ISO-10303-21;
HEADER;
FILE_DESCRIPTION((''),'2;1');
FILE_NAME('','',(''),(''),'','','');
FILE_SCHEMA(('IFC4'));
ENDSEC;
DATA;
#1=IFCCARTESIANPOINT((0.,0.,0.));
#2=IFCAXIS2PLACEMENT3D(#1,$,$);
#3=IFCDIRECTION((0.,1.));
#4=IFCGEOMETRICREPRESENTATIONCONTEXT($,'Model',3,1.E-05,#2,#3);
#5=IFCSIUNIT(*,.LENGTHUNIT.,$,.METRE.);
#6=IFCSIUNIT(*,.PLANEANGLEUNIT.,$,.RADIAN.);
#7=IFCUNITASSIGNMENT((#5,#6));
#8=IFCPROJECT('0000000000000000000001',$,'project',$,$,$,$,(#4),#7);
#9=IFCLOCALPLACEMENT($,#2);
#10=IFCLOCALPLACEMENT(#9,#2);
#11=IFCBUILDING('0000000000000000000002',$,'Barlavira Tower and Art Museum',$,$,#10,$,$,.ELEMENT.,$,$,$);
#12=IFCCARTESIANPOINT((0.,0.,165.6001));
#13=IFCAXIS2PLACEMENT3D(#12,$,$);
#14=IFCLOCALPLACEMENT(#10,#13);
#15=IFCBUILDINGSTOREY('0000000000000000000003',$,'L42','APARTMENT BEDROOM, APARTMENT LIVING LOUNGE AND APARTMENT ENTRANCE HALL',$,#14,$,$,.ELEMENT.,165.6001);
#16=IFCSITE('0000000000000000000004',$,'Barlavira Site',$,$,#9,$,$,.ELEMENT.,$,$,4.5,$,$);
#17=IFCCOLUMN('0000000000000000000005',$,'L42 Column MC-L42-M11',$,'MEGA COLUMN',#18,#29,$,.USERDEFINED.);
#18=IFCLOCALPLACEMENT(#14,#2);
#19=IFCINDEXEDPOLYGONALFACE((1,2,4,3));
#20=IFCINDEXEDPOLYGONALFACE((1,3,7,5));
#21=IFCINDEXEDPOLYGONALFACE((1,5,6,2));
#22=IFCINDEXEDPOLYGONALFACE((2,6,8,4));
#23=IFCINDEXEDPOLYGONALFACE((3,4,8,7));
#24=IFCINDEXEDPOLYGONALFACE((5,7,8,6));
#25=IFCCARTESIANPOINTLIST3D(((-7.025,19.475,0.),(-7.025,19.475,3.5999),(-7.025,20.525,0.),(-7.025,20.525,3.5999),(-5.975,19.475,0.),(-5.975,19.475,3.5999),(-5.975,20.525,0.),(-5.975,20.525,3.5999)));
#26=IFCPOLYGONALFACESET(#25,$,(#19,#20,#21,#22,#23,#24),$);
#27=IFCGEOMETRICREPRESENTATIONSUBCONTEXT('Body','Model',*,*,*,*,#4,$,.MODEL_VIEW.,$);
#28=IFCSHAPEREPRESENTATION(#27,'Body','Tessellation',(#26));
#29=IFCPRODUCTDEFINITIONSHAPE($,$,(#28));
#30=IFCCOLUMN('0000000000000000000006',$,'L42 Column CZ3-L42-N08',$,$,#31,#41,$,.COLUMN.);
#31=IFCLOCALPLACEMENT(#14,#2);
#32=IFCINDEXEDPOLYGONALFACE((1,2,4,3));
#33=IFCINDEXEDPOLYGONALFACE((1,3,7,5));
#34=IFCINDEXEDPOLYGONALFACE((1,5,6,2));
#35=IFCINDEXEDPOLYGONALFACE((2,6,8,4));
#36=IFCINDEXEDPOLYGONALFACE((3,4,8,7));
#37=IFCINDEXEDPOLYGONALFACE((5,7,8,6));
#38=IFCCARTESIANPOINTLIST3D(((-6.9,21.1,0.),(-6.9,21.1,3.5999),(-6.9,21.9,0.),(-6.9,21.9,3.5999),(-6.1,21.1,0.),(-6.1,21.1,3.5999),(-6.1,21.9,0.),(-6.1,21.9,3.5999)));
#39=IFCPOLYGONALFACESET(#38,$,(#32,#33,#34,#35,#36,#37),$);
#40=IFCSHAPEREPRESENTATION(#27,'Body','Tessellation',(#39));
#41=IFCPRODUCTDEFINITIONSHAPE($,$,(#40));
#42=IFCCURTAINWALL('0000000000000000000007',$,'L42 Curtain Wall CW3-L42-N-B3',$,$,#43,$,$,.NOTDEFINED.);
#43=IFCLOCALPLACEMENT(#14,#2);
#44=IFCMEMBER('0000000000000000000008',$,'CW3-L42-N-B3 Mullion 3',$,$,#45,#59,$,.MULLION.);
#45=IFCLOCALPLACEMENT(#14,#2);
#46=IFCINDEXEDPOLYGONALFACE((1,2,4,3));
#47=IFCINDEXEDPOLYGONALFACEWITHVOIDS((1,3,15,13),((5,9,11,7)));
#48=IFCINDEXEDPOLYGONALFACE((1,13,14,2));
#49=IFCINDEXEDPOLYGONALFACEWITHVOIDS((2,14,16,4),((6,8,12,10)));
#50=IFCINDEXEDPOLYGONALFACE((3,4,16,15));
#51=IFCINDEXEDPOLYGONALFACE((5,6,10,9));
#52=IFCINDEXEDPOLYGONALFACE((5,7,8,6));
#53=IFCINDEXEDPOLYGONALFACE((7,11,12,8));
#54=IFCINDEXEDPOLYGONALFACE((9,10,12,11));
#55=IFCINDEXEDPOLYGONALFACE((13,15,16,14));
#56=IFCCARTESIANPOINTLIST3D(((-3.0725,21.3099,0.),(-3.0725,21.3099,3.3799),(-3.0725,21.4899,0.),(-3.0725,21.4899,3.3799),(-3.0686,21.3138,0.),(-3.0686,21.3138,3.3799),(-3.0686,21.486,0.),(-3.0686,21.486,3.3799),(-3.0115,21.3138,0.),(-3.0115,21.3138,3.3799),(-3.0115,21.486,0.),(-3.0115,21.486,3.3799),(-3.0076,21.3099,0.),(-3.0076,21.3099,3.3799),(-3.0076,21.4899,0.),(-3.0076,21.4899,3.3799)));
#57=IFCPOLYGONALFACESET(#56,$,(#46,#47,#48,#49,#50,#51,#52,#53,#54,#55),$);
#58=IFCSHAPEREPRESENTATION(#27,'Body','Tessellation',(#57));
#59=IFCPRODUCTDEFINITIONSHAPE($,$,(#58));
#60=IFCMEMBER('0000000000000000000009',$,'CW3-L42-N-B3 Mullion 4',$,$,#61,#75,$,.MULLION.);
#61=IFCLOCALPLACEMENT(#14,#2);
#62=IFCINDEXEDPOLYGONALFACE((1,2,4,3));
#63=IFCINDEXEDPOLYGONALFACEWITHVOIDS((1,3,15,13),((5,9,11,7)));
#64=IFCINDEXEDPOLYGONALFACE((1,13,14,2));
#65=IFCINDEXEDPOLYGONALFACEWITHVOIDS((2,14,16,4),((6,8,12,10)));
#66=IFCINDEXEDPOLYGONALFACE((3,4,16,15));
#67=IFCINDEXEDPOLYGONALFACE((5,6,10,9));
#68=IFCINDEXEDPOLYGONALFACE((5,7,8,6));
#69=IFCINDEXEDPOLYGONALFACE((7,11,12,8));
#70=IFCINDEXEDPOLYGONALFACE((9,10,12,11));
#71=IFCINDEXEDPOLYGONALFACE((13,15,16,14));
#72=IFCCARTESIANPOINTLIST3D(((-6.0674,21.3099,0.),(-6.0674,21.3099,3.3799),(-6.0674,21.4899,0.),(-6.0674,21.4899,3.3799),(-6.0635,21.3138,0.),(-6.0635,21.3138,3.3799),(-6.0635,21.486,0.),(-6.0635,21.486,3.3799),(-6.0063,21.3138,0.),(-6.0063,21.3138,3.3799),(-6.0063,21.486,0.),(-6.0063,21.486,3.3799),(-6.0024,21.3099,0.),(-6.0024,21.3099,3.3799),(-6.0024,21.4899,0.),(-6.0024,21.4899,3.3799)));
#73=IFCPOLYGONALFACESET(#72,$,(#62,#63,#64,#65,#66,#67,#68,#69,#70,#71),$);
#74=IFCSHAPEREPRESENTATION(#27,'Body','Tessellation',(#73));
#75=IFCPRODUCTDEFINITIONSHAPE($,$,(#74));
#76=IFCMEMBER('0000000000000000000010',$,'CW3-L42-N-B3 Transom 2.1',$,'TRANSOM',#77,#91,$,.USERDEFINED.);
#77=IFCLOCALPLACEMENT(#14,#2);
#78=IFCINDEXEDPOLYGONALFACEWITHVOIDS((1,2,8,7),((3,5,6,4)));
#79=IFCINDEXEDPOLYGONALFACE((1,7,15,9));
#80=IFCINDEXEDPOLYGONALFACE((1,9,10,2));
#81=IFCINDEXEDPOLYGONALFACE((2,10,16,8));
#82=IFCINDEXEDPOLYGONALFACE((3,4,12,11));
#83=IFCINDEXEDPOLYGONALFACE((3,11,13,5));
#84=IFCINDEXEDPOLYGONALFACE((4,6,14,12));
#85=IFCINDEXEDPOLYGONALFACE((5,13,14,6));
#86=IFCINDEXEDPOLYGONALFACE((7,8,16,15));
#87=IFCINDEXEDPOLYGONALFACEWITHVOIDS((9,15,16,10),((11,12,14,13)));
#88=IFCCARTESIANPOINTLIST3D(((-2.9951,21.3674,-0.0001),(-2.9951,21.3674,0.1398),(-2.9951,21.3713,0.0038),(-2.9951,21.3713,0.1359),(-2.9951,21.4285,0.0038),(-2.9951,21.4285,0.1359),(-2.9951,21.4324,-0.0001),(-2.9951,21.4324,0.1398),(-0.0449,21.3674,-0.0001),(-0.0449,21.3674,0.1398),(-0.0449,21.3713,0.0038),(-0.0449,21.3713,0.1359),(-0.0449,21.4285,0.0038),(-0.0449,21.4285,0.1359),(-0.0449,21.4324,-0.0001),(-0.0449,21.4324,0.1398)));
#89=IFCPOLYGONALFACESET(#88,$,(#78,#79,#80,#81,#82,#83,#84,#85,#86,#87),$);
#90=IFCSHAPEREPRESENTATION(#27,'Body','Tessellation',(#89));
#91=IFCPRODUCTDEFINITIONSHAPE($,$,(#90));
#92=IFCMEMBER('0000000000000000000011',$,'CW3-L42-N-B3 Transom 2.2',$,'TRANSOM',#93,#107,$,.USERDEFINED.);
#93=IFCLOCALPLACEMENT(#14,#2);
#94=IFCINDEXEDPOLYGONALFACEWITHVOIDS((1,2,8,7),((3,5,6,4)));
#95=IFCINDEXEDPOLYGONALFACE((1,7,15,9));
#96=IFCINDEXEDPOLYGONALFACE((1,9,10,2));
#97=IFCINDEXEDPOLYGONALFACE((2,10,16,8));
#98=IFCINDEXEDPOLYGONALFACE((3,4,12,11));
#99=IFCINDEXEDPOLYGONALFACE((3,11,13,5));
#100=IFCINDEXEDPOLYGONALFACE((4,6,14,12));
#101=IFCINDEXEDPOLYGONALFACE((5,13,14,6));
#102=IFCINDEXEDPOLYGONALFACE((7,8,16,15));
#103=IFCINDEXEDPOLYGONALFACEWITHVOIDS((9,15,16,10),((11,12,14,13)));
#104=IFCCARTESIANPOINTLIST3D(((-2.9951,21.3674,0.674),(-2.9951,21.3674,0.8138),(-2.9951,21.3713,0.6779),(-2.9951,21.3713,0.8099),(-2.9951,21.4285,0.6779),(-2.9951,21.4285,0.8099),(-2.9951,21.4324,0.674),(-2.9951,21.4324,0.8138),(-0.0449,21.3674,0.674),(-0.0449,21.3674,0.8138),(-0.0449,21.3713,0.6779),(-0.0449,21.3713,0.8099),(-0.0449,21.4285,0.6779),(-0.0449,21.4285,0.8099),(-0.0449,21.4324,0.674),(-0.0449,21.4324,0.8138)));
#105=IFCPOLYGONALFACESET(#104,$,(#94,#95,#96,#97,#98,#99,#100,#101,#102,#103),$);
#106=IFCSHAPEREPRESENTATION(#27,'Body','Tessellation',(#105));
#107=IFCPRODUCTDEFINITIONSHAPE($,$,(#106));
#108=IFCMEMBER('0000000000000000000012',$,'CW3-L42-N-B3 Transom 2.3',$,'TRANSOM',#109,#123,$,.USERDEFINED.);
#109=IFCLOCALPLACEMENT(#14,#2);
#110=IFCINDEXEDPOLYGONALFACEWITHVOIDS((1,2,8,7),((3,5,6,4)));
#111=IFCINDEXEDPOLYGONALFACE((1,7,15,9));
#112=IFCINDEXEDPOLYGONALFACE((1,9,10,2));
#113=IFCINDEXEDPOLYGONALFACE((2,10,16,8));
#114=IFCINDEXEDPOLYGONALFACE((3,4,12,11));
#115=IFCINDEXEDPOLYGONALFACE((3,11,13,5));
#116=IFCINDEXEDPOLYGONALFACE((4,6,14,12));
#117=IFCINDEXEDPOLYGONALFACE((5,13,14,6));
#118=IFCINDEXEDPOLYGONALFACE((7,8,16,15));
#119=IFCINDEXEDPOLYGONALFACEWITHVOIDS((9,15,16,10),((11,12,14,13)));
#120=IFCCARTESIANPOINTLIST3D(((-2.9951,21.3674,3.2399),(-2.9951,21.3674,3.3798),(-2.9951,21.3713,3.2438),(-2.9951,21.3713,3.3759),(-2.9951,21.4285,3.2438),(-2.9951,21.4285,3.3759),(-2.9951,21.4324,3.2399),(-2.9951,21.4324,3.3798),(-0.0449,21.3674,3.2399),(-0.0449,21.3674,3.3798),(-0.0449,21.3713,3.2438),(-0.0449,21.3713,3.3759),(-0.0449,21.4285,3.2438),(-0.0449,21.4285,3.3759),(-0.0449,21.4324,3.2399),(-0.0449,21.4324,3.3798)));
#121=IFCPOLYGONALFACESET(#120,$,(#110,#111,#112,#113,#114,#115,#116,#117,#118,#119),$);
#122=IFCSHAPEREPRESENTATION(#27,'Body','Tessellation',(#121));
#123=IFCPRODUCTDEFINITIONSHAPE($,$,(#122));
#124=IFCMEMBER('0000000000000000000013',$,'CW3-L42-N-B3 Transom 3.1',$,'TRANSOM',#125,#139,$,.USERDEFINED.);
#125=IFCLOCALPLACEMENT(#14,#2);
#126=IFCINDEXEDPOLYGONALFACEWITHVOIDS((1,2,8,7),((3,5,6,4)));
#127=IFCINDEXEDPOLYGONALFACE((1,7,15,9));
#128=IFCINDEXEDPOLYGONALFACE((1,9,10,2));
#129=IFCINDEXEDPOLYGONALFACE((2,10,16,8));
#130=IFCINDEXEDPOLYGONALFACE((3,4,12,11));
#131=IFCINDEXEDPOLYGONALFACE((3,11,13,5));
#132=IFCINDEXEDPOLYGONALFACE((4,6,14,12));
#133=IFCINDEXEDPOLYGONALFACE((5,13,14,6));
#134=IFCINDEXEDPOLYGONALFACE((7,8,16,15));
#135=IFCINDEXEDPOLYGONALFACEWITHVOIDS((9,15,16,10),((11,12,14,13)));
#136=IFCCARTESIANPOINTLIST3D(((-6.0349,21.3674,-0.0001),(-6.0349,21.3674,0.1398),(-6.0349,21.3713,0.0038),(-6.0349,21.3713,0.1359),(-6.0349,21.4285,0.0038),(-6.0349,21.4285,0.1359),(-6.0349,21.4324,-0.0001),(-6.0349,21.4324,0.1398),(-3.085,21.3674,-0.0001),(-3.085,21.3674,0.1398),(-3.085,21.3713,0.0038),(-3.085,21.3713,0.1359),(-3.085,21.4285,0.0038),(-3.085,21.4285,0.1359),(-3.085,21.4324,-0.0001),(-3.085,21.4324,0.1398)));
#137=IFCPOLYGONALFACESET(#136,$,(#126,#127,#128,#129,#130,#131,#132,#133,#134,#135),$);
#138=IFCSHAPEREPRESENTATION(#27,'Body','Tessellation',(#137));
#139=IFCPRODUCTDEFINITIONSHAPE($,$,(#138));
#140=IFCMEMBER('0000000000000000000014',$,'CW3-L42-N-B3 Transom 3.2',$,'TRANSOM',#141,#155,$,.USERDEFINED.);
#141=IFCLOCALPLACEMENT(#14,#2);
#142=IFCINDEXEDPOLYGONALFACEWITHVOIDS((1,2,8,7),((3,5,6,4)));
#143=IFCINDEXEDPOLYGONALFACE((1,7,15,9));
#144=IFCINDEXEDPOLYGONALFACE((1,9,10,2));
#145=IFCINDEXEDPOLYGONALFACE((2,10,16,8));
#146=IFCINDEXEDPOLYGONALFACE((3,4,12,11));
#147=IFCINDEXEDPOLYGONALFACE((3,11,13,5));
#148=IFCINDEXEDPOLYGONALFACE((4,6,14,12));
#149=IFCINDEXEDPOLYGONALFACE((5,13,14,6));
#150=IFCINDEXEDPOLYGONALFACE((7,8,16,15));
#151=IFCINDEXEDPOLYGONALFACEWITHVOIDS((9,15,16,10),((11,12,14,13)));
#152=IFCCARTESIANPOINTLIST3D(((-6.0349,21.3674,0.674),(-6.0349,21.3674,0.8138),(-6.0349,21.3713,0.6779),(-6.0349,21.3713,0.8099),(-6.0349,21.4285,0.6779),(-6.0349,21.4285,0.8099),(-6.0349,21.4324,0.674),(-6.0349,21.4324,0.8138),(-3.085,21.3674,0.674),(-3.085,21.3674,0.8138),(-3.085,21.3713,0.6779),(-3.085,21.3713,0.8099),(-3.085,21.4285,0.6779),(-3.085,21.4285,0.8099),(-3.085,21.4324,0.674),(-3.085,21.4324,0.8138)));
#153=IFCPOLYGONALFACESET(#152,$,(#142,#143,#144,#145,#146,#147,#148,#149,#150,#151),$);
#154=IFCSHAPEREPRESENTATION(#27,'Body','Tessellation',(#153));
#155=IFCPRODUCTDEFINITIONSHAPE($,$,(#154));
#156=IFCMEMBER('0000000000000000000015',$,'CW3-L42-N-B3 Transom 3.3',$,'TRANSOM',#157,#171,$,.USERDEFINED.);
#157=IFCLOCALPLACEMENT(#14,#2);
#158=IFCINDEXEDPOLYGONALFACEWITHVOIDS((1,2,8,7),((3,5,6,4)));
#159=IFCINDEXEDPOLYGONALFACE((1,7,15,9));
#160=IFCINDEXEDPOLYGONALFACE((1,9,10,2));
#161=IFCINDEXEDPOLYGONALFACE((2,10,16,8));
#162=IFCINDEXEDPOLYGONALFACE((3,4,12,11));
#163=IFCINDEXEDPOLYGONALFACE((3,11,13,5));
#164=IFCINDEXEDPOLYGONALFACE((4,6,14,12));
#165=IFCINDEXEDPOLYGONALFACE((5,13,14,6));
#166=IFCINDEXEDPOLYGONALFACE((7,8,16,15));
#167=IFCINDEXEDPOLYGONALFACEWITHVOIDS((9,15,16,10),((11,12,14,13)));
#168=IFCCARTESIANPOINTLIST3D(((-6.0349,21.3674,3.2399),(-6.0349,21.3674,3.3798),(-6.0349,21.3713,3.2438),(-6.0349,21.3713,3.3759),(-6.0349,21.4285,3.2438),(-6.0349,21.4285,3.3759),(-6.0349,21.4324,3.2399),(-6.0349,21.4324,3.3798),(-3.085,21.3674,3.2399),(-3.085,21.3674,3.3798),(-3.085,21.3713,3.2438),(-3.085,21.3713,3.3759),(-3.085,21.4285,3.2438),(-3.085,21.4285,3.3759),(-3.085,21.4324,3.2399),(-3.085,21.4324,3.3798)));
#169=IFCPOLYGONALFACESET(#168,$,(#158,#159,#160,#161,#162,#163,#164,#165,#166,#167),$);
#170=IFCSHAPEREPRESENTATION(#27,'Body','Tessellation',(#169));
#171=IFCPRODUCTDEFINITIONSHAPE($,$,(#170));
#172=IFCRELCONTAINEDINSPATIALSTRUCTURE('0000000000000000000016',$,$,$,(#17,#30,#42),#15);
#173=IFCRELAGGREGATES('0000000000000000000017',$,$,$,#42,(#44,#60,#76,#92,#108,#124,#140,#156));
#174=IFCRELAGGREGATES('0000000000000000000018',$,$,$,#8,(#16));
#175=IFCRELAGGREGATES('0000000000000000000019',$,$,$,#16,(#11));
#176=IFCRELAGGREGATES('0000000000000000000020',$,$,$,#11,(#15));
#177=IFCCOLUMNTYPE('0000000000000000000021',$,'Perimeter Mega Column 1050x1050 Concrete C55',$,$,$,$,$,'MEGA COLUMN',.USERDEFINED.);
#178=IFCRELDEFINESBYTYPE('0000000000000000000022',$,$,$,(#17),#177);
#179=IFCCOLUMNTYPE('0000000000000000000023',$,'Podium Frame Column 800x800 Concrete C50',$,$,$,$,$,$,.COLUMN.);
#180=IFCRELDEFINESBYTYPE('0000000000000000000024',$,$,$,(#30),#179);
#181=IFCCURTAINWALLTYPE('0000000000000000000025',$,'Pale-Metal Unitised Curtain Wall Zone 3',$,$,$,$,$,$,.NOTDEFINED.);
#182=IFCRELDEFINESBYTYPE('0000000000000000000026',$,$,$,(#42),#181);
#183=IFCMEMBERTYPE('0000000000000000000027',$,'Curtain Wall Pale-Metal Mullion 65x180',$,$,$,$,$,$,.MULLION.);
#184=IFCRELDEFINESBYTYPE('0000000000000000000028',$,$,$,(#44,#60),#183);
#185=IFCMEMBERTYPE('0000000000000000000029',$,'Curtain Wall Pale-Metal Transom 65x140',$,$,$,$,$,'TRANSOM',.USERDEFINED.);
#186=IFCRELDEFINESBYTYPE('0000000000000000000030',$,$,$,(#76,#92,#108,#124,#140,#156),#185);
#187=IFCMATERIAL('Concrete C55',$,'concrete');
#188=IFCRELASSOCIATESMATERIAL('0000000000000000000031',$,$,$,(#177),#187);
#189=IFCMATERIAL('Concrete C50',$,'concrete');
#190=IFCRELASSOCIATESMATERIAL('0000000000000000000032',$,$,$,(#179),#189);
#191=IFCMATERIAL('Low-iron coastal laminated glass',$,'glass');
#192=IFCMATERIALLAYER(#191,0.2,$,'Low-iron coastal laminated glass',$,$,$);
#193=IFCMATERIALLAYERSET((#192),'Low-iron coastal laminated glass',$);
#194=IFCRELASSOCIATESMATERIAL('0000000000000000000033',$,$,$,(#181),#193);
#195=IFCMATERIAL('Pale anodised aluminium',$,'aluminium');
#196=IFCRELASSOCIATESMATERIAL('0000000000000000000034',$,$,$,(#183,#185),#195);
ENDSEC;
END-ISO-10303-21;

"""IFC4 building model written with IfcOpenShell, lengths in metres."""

from ifc_helpers import new_model, si_unit, direction, frame, origin, origin_2d, place, context, subcontext, project, spatial, rectangle, hollow_rectangle, extrude, material, layer, layer_set, material_profile, profile_set, type_object, element, aggregate, save


model = new_model("IFC4")

# Units and contexts
model_context = context("Model", 3, precision=1e-05, world=origin(), true_north=direction((0.0, 1.0)))
body_context = subcontext(model_context, "Body", "Model", "MODEL_VIEW")
ifc_project = project(units=[si_unit("LENGTHUNIT", "METRE"), si_unit("PLANEANGLEUNIT", "RADIAN")], contexts=[model_context])

# Site, building, storey
site_placement = place(None, origin())
site = spatial("IfcSite", under=ifc_project, at=site_placement, Name="Barlavira Site", CompositionType="ELEMENT", RefElevation=4.5)
building_placement = place(site_placement, origin())
building = spatial("IfcBuilding", under=site, at=building_placement, Name="Barlavira Tower and Art Museum", CompositionType="ELEMENT")
storey_placement = place(building_placement, frame((0.0, 0.0, 165.6001)))
storey = spatial("IfcBuildingStorey", under=building, at=storey_placement, Name="L42", Description="APARTMENT BEDROOM, APARTMENT LIVING LOUNGE AND APARTMENT ENTRANCE HALL", CompositionType="ELEMENT", Elevation=165.6001)

# Columns
ifc_material_1 = material(Name="Concrete C55", Category="concrete")
ifc_material_profile_1 = material_profile(ifc_material_1, rectangle(XDim=1.05, YDim=1.05, at=origin_2d()), Name="RC-COL 1050x1050")
ifc_profile_set_1 = profile_set([ifc_material_profile_1], Name="Concrete C55")
column_type_1 = type_object("IfcColumnType", Name="Perimeter Mega Column 1050x1050 Concrete C55", ElementType="MEGA COLUMN", PredefinedType="USERDEFINED", material=ifc_profile_set_1)
column_1_placement = place(storey_placement, frame((-6.5, 20.0, 0.0), z_axis=(0.0, 0.0, 1.0), x_axis=(1.0, 0.0, 0.0)))
element("IfcColumn", 1, at=column_1_placement, inside=storey, type_object=column_type_1, Name="L42 Column MC-L42-M11", ObjectType="MEGA COLUMN", PredefinedType="USERDEFINED", context=body_context, shape_type="SweptSolid", body=[
    extrude(rectangle(XDim=1.05, YDim=1.05, at=origin_2d()), origin(), (0.0, 0.0, 1.0), 3.5999),
])
ifc_material_2 = material(Name="Concrete C50", Category="concrete")
ifc_material_profile_2 = material_profile(ifc_material_2, rectangle(XDim=0.8, YDim=0.8, at=origin_2d()), Name="RC-COL 800x800")
ifc_profile_set_2 = profile_set([ifc_material_profile_2], Name="Concrete C50")
column_type_2 = type_object("IfcColumnType", Name="Podium Frame Column 800x800 Concrete C50", PredefinedType="COLUMN", material=ifc_profile_set_2)
column_2_placement = place(storey_placement, frame((-6.5, 21.5, 0.0), z_axis=(0.0, 0.0, 1.0), x_axis=(1.0, 0.0, 0.0)))
element("IfcColumn", 2, at=column_2_placement, inside=storey, type_object=column_type_2, Name="L42 Column CZ3-L42-N08", PredefinedType="COLUMN", context=body_context, shape_type="SweptSolid", body=[
    extrude(rectangle(XDim=0.8, YDim=0.8, at=origin_2d()), origin(), (0.0, 0.0, 1.0), 3.5999),
])

# Curtain wall, members
ifc_material_3 = material(Name="Low-iron coastal laminated glass", Category="glass")
ifc_layer_1 = layer(ifc_material_3, 0.2, Name="Low-iron coastal laminated glass")
ifc_layer_set_1 = layer_set([ifc_layer_1], Name="Low-iron coastal laminated glass")
curtain_wall_type = type_object("IfcCurtainWallType", Name="Pale-Metal Unitised Curtain Wall Zone 3", PredefinedType="NOTDEFINED", material=ifc_layer_set_1)
curtain_wall_placement = place(storey_placement, origin())
curtain_wall = element("IfcCurtainWall", 3, at=curtain_wall_placement, inside=storey, type_object=curtain_wall_type, Name="L42 Curtain Wall CW3-L42-N-B3", PredefinedType="NOTDEFINED")
ifc_material_4 = material(Name="Pale anodised aluminium", Category="aluminium")
ifc_material_profile_3 = material_profile(ifc_material_4, hollow_rectangle(XDim=0.0649, YDim=0.1799, WallThickness=0.0039, at=origin_2d()), Name="ALU-MULL 65x180x4")
ifc_profile_set_3 = profile_set([ifc_material_profile_3], Name="Pale anodised aluminium")
member_type_1 = type_object("IfcMemberType", Name="Curtain Wall Pale-Metal Mullion 65x180", PredefinedType="MULLION", material=ifc_profile_set_3)
member_1_placement = place(storey_placement, frame((-3.04, 21.3999, 0.0), z_axis=(0.0, 0.0, 1.0), x_axis=(-1.0, 0.0, 0.0)))
member_1 = element("IfcMember", 4, at=member_1_placement, type_object=member_type_1, Name="CW3-L42-N-B3 Mullion 3", PredefinedType="MULLION", context=body_context, shape_type="SweptSolid", body=[
    extrude(hollow_rectangle(XDim=0.0649, YDim=0.1799, WallThickness=0.0039, at=origin_2d()), origin(), (0.0, 0.0, 1.0), 3.3799),
])
member_2_placement = place(storey_placement, frame((-6.0349, 21.3999, 0.0), z_axis=(0.0, 0.0, 1.0), x_axis=(-1.0, 0.0, 0.0)))
member_2 = element("IfcMember", 5, at=member_2_placement, type_object=member_type_1, Name="CW3-L42-N-B3 Mullion 4", PredefinedType="MULLION", context=body_context, shape_type="SweptSolid", body=[
    extrude(hollow_rectangle(XDim=0.0649, YDim=0.1799, WallThickness=0.0039, at=origin_2d()), origin(), (0.0, 0.0, 1.0), 3.3799),
])
ifc_material_profile_4 = material_profile(ifc_material_4, hollow_rectangle(XDim=0.0649, YDim=0.1399, WallThickness=0.0039, at=origin_2d()), Name="ALU-TRAN 65x140x4")
ifc_profile_set_4 = profile_set([ifc_material_profile_4], Name="Pale anodised aluminium")
member_type_2 = type_object("IfcMemberType", Name="Curtain Wall Pale-Metal Transom 65x140", ElementType="TRANSOM", PredefinedType="USERDEFINED", material=ifc_profile_set_4)
member_3_placement = place(storey_placement, frame((-0.0449, 21.3999, 0.0698), z_axis=(-1.0, 0.0, 0.0), x_axis=(0.0, -1.0, 0.0)))
member_3 = element("IfcMember", 6, at=member_3_placement, type_object=member_type_2, Name="CW3-L42-N-B3 Transom 2.1", ObjectType="TRANSOM", PredefinedType="USERDEFINED", context=body_context, shape_type="SweptSolid", body=[
    extrude(hollow_rectangle(XDim=0.0649, YDim=0.1399, WallThickness=0.0039, at=origin_2d()), origin(), (0.0, 0.0, 1.0), 2.9502),
])
member_4_placement = place(storey_placement, frame((-0.0449, 21.3999, 0.7439), z_axis=(-1.0, 0.0, 0.0), x_axis=(0.0, -1.0, 0.0)))
member_4 = element("IfcMember", 7, at=member_4_placement, type_object=member_type_2, Name="CW3-L42-N-B3 Transom 2.2", ObjectType="TRANSOM", PredefinedType="USERDEFINED", context=body_context, shape_type="SweptSolid", body=[
    extrude(hollow_rectangle(XDim=0.0649, YDim=0.1399, WallThickness=0.0039, at=origin_2d()), origin(), (0.0, 0.0, 1.0), 2.9502),
])
member_5_placement = place(storey_placement, frame((-0.0449, 21.3999, 3.3098), z_axis=(-1.0, 0.0, 0.0), x_axis=(0.0, -1.0, 0.0)))
member_5 = element("IfcMember", 8, at=member_5_placement, type_object=member_type_2, Name="CW3-L42-N-B3 Transom 2.3", ObjectType="TRANSOM", PredefinedType="USERDEFINED", context=body_context, shape_type="SweptSolid", body=[
    extrude(hollow_rectangle(XDim=0.0649, YDim=0.1399, WallThickness=0.0039, at=origin_2d()), origin(), (0.0, 0.0, 1.0), 2.9502),
])
member_6_placement = place(storey_placement, frame((-3.085, 21.3999, 0.0698), z_axis=(-1.0, 0.0, 0.0), x_axis=(0.0, -1.0, 0.0)))
member_6 = element("IfcMember", 9, at=member_6_placement, type_object=member_type_2, Name="CW3-L42-N-B3 Transom 3.1", ObjectType="TRANSOM", PredefinedType="USERDEFINED", context=body_context, shape_type="SweptSolid", body=[
    extrude(hollow_rectangle(XDim=0.0649, YDim=0.1399, WallThickness=0.0039, at=origin_2d()), origin(), (0.0, 0.0, 1.0), 2.95),
])
member_7_placement = place(storey_placement, frame((-3.085, 21.3999, 0.7439), z_axis=(-1.0, 0.0, 0.0), x_axis=(0.0, -1.0, 0.0)))
member_7 = element("IfcMember", 10, at=member_7_placement, type_object=member_type_2, Name="CW3-L42-N-B3 Transom 3.2", ObjectType="TRANSOM", PredefinedType="USERDEFINED", context=body_context, shape_type="SweptSolid", body=[
    extrude(hollow_rectangle(XDim=0.0649, YDim=0.1399, WallThickness=0.0039, at=origin_2d()), origin(), (0.0, 0.0, 1.0), 2.95),
])
member_8_placement = place(storey_placement, frame((-3.085, 21.3999, 3.3098), z_axis=(-1.0, 0.0, 0.0), x_axis=(0.0, -1.0, 0.0)))
member_8 = element("IfcMember", 11, at=member_8_placement, type_object=member_type_2, Name="CW3-L42-N-B3 Transom 3.3", ObjectType="TRANSOM", PredefinedType="USERDEFINED", context=body_context, shape_type="SweptSolid", body=[
    extrude(hollow_rectangle(XDim=0.0649, YDim=0.1399, WallThickness=0.0039, at=origin_2d()), origin(), (0.0, 0.0, 1.0), 2.95),
])

aggregate(curtain_wall, [member_1, member_2, member_3, member_4, member_5, member_6, member_7, member_8])

save(model, "model.ifc")
